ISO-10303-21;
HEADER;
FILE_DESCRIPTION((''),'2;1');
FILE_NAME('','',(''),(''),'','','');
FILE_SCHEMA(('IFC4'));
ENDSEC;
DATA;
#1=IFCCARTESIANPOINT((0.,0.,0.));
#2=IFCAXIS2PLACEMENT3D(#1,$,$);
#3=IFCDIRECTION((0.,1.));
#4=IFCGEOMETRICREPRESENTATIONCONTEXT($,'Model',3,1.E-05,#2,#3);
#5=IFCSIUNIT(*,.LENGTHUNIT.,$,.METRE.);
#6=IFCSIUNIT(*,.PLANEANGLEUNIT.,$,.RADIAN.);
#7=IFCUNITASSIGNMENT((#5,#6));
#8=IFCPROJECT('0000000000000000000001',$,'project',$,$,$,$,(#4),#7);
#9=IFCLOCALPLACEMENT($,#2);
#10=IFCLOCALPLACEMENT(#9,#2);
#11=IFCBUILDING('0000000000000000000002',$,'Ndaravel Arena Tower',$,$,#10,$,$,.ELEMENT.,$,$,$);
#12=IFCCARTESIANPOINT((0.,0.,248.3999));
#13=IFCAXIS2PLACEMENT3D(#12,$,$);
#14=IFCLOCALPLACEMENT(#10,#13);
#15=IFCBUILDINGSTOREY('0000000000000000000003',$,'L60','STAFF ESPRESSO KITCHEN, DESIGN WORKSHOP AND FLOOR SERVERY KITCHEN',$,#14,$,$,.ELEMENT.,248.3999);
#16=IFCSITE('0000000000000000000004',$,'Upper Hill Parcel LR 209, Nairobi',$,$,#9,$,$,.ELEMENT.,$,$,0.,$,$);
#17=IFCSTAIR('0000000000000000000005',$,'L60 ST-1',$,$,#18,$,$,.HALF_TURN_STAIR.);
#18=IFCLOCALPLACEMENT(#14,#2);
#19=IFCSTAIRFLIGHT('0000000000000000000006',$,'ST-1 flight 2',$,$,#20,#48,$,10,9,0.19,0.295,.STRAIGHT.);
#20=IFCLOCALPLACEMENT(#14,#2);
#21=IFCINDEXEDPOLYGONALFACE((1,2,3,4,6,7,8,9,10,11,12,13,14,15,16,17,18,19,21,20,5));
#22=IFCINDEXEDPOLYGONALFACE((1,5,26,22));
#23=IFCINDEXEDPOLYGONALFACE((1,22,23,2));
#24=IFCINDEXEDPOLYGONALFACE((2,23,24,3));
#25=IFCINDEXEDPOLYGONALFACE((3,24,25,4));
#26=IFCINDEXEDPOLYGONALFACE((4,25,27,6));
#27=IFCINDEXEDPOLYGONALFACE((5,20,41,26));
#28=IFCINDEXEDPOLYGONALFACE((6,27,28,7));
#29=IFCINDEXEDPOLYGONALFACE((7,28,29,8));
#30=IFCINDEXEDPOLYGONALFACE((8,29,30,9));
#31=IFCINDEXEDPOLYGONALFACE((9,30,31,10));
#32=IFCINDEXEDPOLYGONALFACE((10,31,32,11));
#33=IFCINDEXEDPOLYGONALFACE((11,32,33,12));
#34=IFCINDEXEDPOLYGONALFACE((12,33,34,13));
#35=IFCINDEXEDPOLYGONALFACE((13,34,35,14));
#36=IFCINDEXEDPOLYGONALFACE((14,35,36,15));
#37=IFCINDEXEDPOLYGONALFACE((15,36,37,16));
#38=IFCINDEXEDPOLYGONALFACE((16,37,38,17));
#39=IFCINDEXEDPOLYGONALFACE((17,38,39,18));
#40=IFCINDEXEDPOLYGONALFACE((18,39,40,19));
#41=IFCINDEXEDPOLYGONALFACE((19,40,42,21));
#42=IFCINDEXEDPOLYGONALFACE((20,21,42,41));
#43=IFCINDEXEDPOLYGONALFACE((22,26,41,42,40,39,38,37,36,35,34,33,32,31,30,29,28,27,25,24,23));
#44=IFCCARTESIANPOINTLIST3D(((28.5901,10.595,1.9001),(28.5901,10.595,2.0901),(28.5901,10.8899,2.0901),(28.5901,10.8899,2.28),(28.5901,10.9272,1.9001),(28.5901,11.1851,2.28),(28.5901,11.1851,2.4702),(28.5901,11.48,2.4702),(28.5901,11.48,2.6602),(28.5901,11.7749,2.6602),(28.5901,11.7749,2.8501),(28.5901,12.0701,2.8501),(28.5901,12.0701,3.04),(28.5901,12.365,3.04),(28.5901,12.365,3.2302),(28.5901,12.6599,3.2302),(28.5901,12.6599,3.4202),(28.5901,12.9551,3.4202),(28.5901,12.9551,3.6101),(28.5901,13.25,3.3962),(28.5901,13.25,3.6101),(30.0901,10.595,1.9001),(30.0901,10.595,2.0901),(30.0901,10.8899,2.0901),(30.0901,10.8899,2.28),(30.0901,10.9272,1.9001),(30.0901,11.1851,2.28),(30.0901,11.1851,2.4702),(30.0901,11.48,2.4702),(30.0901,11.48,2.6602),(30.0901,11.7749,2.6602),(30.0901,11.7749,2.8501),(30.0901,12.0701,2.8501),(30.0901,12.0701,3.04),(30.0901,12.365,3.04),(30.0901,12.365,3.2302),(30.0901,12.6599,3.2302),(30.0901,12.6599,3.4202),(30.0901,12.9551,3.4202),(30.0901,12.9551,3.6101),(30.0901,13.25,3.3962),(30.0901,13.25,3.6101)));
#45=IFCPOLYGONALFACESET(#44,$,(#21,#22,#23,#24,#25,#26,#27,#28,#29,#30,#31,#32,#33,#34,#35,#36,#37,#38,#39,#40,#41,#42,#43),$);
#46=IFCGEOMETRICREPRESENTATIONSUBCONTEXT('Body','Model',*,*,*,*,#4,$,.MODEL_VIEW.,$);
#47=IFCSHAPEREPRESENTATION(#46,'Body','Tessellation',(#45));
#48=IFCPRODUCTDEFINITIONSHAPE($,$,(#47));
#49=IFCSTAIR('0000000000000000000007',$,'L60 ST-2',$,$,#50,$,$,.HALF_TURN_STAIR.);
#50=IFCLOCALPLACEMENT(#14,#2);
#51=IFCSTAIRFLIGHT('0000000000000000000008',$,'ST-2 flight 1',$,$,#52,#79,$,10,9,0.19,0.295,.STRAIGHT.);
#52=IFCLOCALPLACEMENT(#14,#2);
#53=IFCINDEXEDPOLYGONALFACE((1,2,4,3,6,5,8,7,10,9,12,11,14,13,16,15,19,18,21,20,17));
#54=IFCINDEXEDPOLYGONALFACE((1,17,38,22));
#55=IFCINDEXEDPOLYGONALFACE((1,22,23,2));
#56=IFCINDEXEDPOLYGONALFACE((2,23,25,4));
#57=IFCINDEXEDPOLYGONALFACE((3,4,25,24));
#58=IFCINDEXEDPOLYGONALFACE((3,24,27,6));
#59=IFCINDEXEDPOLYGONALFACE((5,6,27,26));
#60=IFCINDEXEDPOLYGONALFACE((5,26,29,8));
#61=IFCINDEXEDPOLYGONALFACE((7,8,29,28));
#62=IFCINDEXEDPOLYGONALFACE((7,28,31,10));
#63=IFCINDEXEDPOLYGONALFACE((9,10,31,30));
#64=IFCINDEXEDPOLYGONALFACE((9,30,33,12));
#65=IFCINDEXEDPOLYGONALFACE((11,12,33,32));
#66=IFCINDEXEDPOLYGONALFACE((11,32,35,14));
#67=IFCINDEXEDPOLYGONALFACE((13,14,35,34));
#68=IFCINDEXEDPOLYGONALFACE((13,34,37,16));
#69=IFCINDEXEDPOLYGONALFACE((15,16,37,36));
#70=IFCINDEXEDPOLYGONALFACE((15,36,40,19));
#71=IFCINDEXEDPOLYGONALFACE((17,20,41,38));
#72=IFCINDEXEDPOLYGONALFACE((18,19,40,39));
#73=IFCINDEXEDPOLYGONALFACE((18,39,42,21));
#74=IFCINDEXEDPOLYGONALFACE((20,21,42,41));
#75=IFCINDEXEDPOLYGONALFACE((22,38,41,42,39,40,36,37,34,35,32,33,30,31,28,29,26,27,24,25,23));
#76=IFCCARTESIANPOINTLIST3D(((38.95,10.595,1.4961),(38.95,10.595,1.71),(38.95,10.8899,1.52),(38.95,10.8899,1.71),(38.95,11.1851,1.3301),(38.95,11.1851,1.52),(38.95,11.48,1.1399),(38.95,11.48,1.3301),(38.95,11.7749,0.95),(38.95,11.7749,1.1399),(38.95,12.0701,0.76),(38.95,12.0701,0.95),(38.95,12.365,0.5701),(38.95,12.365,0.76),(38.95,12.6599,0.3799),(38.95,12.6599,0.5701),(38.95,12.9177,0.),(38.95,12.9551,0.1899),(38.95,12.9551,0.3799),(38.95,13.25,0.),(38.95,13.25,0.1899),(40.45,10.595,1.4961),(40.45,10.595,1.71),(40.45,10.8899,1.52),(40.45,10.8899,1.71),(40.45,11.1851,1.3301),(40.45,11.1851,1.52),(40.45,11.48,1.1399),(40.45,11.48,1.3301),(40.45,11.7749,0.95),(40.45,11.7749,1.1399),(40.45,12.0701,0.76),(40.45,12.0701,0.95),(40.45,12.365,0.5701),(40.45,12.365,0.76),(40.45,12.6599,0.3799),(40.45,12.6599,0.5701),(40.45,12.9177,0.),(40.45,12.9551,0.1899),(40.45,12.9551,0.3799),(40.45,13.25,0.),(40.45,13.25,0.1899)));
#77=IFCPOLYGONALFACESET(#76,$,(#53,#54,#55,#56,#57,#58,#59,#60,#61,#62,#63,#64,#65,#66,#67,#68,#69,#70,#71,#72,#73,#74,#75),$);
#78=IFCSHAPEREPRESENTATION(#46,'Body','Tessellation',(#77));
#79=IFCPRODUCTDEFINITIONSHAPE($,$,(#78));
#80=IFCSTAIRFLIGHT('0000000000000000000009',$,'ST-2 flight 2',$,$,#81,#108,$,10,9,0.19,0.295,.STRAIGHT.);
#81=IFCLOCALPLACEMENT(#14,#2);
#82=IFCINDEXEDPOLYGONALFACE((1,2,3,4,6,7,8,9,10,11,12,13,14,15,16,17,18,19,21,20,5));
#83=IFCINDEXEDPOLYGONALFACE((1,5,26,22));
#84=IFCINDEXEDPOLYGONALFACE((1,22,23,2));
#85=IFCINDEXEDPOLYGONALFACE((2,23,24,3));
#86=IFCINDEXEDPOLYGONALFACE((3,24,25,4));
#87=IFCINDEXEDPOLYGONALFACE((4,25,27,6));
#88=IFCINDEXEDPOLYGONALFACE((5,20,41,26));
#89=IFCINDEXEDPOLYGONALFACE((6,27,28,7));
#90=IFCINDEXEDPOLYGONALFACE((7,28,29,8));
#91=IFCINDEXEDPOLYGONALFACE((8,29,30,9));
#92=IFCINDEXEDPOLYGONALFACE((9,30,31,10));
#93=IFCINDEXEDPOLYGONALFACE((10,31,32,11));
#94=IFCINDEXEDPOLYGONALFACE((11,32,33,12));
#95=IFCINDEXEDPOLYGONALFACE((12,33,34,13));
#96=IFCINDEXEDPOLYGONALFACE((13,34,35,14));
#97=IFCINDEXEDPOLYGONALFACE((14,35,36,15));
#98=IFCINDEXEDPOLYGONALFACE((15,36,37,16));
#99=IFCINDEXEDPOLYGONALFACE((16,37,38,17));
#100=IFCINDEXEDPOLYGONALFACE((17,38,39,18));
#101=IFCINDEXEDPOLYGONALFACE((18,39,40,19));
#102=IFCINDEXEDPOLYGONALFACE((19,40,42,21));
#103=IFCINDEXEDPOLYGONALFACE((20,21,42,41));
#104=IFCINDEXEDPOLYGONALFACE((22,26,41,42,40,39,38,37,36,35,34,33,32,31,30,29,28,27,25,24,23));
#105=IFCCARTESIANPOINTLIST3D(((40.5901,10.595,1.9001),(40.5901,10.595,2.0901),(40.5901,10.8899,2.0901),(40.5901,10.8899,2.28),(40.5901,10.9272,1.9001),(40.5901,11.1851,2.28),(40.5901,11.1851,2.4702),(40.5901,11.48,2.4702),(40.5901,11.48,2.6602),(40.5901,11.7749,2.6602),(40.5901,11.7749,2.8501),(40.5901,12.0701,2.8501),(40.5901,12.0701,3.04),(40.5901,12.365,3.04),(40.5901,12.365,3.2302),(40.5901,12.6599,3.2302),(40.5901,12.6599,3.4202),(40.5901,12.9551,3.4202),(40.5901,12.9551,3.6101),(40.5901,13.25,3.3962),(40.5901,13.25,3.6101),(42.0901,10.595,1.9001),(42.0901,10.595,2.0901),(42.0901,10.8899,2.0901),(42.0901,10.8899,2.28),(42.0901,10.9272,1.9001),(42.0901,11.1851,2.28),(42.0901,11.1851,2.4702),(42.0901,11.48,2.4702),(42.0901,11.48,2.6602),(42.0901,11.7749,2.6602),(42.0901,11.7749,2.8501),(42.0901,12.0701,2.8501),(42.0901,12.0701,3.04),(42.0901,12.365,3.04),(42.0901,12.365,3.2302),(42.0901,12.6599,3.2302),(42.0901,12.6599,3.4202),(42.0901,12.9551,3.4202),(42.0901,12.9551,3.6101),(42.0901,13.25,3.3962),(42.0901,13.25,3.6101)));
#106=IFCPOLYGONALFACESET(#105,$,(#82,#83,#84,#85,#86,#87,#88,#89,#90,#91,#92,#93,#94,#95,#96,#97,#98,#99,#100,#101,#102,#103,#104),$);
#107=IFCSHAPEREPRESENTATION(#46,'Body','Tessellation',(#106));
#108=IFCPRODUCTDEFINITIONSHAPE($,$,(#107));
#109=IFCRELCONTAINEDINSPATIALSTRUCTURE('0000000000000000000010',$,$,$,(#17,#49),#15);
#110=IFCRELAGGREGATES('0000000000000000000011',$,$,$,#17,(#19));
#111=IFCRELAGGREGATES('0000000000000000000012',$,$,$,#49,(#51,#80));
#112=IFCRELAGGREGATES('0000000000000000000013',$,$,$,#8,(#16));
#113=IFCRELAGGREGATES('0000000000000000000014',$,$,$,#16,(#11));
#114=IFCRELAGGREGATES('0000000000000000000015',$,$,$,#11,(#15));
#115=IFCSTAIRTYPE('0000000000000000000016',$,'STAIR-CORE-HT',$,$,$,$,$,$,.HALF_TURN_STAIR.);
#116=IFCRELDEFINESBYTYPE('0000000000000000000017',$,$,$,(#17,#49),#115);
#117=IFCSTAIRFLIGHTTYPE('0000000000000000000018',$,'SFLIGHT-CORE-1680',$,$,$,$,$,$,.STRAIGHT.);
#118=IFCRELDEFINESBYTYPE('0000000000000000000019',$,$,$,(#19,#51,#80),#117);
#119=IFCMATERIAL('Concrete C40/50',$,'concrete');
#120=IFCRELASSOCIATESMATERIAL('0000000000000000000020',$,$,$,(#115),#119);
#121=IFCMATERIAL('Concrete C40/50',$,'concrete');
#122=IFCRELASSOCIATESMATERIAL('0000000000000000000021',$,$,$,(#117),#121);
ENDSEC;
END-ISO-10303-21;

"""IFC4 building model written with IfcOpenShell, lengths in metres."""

from ifc_helpers import new_model, si_unit, direction, frame, origin, place, context, subcontext, project, spatial, polyline, outline, extrude, material, type_object, element, aggregate, save


model = new_model("IFC4")

# Units and contexts
model_context = context("Model", 3, precision=1e-05, world=origin(), true_north=direction((0.0, 1.0)))
body_context = subcontext(model_context, "Body", "Model", "MODEL_VIEW")
ifc_project = project(units=[si_unit("LENGTHUNIT", "METRE"), si_unit("PLANEANGLEUNIT", "RADIAN")], contexts=[model_context])

# Site, building, storey
site_placement = place(None, origin())
site = spatial("IfcSite", under=ifc_project, at=site_placement, Name="Upper Hill Parcel LR 209, Nairobi", CompositionType="ELEMENT", RefElevation=0.0)
building_placement = place(site_placement, origin())
building = spatial("IfcBuilding", under=site, at=building_placement, Name="Ndaravel Arena Tower", CompositionType="ELEMENT")
storey_placement = place(building_placement, frame((0.0, 0.0, 248.3999)))
storey = spatial("IfcBuildingStorey", under=building, at=storey_placement, Name="L60", Description="STAFF ESPRESSO KITCHEN, DESIGN WORKSHOP AND FLOOR SERVERY KITCHEN", CompositionType="ELEMENT", Elevation=248.3999)

# Stairs, stair flights
ifc_material_1 = material(Name="Concrete C40/50", Category="concrete")
stair_type = type_object("IfcStairType", Name="STAIR-CORE-HT", PredefinedType="HALF_TURN_STAIR", material=ifc_material_1)
stair_1_placement = place(storey_placement, origin())
stair_1 = element("IfcStair", 1, at=stair_1_placement, inside=storey, type_object=stair_type, Name="L60 ST-1", PredefinedType="HALF_TURN_STAIR")
ifc_material_2 = material(Name="Concrete C40/50", Category="concrete")
stair_flight_type = type_object("IfcStairFlightType", Name="SFLIGHT-CORE-1680", PredefinedType="STRAIGHT", material=ifc_material_2)
stair_flight_1_placement = place(storey_placement, frame((29.3401, 10.595, 1.9001), z_axis=(0.0, 0.0, 1.0), x_axis=(0.0, 1.0, 0.0)))
stair_flight_1 = element("IfcStairFlight", 2, at=stair_flight_1_placement, type_object=stair_flight_type, Name="ST-1 flight 2", NumberOfRisers=10, NumberOfTreads=9, PredefinedType="STRAIGHT", RiserHeight=0.19, TreadLength=0.295, context=body_context, shape_type="SweptSolid", body=[
    extrude(outline(polyline([(0.0, 0.0), (0.0, 0.1899), (0.2949, 0.1899), (0.2949, 0.3799), (0.5901, 0.3799), (0.5901, 0.5701), (0.885, 0.5701), (0.885, 0.76), (1.1799, 0.76), (1.1799, 0.95), (1.4751, 0.95), (1.4751, 1.1399), (1.77, 1.1399), (1.77, 1.3301), (2.0649, 1.3301), (2.0649, 1.52), (2.3601, 1.52), (2.3601, 1.71), (2.655, 1.71), (2.655, 1.8999), (2.655, 1.4961), (0.3323, 0.0), (0.0, 0.0)])), frame((0.0, 0.75, 0.0), z_axis=(0.0, -1.0, 0.0), x_axis=(1.0, 0.0, 0.0)), (0.0, 0.0, 1.0), 1.5),
])
aggregate(stair_1, [stair_flight_1])
stair_2_placement = place(storey_placement, origin())
stair_2 = element("IfcStair", 3, at=stair_2_placement, inside=storey, type_object=stair_type, Name="L60 ST-2", PredefinedType="HALF_TURN_STAIR")
stair_flight_2_placement = place(storey_placement, frame((39.7, 13.25, 0.0), z_axis=(0.0, 0.0, 1.0), x_axis=(0.0, -1.0, 0.0)))
stair_flight_2 = element("IfcStairFlight", 4, at=stair_flight_2_placement, type_object=stair_flight_type, Name="ST-2 flight 1", NumberOfRisers=10, NumberOfTreads=9, PredefinedType="STRAIGHT", RiserHeight=0.19, TreadLength=0.295, context=body_context, shape_type="SweptSolid", body=[
    extrude(outline(polyline([(0.0, 0.0), (0.0, 0.1899), (0.2949, 0.1899), (0.2949, 0.3799), (0.5901, 0.3799), (0.5901, 0.5701), (0.885, 0.5701), (0.885, 0.76), (1.1799, 0.76), (1.1799, 0.95), (1.4751, 0.95), (1.4751, 1.1399), (1.77, 1.1399), (1.77, 1.3301), (2.0649, 1.3301), (2.0649, 1.52), (2.3601, 1.52), (2.3601, 1.71), (2.655, 1.71), (2.655, 1.8999), (2.655, 1.4961), (0.3323, 0.0), (0.0, 0.0)])), frame((0.0, 0.75, 0.0), z_axis=(0.0, -1.0, 0.0), x_axis=(1.0, 0.0, 0.0)), (0.0, 0.0, 1.0), 1.5),
])
stair_flight_3_placement = place(storey_placement, frame((41.3401, 10.595, 1.9001), z_axis=(0.0, 0.0, 1.0), x_axis=(0.0, 1.0, 0.0)))
stair_flight_3 = element("IfcStairFlight", 5, at=stair_flight_3_placement, type_object=stair_flight_type, Name="ST-2 flight 2", NumberOfRisers=10, NumberOfTreads=9, PredefinedType="STRAIGHT", RiserHeight=0.19, TreadLength=0.295, context=body_context, shape_type="SweptSolid", body=[
    extrude(outline(polyline([(0.0, 0.0), (0.0, 0.1899), (0.2949, 0.1899), (0.2949, 0.3799), (0.5901, 0.3799), (0.5901, 0.5701), (0.885, 0.5701), (0.885, 0.76), (1.1799, 0.76), (1.1799, 0.95), (1.4751, 0.95), (1.4751, 1.1399), (1.77, 1.1399), (1.77, 1.3301), (2.0649, 1.3301), (2.0649, 1.52), (2.3601, 1.52), (2.3601, 1.71), (2.655, 1.71), (2.655, 1.8999), (2.655, 1.4961), (0.3323, 0.0), (0.0, 0.0)])), frame((0.0, 0.75, 0.0), z_axis=(0.0, -1.0, 0.0), x_axis=(1.0, 0.0, 0.0)), (0.0, 0.0, 1.0), 1.5),
])
aggregate(stair_2, [stair_flight_2, stair_flight_3])

save(model, "model.ifc")
